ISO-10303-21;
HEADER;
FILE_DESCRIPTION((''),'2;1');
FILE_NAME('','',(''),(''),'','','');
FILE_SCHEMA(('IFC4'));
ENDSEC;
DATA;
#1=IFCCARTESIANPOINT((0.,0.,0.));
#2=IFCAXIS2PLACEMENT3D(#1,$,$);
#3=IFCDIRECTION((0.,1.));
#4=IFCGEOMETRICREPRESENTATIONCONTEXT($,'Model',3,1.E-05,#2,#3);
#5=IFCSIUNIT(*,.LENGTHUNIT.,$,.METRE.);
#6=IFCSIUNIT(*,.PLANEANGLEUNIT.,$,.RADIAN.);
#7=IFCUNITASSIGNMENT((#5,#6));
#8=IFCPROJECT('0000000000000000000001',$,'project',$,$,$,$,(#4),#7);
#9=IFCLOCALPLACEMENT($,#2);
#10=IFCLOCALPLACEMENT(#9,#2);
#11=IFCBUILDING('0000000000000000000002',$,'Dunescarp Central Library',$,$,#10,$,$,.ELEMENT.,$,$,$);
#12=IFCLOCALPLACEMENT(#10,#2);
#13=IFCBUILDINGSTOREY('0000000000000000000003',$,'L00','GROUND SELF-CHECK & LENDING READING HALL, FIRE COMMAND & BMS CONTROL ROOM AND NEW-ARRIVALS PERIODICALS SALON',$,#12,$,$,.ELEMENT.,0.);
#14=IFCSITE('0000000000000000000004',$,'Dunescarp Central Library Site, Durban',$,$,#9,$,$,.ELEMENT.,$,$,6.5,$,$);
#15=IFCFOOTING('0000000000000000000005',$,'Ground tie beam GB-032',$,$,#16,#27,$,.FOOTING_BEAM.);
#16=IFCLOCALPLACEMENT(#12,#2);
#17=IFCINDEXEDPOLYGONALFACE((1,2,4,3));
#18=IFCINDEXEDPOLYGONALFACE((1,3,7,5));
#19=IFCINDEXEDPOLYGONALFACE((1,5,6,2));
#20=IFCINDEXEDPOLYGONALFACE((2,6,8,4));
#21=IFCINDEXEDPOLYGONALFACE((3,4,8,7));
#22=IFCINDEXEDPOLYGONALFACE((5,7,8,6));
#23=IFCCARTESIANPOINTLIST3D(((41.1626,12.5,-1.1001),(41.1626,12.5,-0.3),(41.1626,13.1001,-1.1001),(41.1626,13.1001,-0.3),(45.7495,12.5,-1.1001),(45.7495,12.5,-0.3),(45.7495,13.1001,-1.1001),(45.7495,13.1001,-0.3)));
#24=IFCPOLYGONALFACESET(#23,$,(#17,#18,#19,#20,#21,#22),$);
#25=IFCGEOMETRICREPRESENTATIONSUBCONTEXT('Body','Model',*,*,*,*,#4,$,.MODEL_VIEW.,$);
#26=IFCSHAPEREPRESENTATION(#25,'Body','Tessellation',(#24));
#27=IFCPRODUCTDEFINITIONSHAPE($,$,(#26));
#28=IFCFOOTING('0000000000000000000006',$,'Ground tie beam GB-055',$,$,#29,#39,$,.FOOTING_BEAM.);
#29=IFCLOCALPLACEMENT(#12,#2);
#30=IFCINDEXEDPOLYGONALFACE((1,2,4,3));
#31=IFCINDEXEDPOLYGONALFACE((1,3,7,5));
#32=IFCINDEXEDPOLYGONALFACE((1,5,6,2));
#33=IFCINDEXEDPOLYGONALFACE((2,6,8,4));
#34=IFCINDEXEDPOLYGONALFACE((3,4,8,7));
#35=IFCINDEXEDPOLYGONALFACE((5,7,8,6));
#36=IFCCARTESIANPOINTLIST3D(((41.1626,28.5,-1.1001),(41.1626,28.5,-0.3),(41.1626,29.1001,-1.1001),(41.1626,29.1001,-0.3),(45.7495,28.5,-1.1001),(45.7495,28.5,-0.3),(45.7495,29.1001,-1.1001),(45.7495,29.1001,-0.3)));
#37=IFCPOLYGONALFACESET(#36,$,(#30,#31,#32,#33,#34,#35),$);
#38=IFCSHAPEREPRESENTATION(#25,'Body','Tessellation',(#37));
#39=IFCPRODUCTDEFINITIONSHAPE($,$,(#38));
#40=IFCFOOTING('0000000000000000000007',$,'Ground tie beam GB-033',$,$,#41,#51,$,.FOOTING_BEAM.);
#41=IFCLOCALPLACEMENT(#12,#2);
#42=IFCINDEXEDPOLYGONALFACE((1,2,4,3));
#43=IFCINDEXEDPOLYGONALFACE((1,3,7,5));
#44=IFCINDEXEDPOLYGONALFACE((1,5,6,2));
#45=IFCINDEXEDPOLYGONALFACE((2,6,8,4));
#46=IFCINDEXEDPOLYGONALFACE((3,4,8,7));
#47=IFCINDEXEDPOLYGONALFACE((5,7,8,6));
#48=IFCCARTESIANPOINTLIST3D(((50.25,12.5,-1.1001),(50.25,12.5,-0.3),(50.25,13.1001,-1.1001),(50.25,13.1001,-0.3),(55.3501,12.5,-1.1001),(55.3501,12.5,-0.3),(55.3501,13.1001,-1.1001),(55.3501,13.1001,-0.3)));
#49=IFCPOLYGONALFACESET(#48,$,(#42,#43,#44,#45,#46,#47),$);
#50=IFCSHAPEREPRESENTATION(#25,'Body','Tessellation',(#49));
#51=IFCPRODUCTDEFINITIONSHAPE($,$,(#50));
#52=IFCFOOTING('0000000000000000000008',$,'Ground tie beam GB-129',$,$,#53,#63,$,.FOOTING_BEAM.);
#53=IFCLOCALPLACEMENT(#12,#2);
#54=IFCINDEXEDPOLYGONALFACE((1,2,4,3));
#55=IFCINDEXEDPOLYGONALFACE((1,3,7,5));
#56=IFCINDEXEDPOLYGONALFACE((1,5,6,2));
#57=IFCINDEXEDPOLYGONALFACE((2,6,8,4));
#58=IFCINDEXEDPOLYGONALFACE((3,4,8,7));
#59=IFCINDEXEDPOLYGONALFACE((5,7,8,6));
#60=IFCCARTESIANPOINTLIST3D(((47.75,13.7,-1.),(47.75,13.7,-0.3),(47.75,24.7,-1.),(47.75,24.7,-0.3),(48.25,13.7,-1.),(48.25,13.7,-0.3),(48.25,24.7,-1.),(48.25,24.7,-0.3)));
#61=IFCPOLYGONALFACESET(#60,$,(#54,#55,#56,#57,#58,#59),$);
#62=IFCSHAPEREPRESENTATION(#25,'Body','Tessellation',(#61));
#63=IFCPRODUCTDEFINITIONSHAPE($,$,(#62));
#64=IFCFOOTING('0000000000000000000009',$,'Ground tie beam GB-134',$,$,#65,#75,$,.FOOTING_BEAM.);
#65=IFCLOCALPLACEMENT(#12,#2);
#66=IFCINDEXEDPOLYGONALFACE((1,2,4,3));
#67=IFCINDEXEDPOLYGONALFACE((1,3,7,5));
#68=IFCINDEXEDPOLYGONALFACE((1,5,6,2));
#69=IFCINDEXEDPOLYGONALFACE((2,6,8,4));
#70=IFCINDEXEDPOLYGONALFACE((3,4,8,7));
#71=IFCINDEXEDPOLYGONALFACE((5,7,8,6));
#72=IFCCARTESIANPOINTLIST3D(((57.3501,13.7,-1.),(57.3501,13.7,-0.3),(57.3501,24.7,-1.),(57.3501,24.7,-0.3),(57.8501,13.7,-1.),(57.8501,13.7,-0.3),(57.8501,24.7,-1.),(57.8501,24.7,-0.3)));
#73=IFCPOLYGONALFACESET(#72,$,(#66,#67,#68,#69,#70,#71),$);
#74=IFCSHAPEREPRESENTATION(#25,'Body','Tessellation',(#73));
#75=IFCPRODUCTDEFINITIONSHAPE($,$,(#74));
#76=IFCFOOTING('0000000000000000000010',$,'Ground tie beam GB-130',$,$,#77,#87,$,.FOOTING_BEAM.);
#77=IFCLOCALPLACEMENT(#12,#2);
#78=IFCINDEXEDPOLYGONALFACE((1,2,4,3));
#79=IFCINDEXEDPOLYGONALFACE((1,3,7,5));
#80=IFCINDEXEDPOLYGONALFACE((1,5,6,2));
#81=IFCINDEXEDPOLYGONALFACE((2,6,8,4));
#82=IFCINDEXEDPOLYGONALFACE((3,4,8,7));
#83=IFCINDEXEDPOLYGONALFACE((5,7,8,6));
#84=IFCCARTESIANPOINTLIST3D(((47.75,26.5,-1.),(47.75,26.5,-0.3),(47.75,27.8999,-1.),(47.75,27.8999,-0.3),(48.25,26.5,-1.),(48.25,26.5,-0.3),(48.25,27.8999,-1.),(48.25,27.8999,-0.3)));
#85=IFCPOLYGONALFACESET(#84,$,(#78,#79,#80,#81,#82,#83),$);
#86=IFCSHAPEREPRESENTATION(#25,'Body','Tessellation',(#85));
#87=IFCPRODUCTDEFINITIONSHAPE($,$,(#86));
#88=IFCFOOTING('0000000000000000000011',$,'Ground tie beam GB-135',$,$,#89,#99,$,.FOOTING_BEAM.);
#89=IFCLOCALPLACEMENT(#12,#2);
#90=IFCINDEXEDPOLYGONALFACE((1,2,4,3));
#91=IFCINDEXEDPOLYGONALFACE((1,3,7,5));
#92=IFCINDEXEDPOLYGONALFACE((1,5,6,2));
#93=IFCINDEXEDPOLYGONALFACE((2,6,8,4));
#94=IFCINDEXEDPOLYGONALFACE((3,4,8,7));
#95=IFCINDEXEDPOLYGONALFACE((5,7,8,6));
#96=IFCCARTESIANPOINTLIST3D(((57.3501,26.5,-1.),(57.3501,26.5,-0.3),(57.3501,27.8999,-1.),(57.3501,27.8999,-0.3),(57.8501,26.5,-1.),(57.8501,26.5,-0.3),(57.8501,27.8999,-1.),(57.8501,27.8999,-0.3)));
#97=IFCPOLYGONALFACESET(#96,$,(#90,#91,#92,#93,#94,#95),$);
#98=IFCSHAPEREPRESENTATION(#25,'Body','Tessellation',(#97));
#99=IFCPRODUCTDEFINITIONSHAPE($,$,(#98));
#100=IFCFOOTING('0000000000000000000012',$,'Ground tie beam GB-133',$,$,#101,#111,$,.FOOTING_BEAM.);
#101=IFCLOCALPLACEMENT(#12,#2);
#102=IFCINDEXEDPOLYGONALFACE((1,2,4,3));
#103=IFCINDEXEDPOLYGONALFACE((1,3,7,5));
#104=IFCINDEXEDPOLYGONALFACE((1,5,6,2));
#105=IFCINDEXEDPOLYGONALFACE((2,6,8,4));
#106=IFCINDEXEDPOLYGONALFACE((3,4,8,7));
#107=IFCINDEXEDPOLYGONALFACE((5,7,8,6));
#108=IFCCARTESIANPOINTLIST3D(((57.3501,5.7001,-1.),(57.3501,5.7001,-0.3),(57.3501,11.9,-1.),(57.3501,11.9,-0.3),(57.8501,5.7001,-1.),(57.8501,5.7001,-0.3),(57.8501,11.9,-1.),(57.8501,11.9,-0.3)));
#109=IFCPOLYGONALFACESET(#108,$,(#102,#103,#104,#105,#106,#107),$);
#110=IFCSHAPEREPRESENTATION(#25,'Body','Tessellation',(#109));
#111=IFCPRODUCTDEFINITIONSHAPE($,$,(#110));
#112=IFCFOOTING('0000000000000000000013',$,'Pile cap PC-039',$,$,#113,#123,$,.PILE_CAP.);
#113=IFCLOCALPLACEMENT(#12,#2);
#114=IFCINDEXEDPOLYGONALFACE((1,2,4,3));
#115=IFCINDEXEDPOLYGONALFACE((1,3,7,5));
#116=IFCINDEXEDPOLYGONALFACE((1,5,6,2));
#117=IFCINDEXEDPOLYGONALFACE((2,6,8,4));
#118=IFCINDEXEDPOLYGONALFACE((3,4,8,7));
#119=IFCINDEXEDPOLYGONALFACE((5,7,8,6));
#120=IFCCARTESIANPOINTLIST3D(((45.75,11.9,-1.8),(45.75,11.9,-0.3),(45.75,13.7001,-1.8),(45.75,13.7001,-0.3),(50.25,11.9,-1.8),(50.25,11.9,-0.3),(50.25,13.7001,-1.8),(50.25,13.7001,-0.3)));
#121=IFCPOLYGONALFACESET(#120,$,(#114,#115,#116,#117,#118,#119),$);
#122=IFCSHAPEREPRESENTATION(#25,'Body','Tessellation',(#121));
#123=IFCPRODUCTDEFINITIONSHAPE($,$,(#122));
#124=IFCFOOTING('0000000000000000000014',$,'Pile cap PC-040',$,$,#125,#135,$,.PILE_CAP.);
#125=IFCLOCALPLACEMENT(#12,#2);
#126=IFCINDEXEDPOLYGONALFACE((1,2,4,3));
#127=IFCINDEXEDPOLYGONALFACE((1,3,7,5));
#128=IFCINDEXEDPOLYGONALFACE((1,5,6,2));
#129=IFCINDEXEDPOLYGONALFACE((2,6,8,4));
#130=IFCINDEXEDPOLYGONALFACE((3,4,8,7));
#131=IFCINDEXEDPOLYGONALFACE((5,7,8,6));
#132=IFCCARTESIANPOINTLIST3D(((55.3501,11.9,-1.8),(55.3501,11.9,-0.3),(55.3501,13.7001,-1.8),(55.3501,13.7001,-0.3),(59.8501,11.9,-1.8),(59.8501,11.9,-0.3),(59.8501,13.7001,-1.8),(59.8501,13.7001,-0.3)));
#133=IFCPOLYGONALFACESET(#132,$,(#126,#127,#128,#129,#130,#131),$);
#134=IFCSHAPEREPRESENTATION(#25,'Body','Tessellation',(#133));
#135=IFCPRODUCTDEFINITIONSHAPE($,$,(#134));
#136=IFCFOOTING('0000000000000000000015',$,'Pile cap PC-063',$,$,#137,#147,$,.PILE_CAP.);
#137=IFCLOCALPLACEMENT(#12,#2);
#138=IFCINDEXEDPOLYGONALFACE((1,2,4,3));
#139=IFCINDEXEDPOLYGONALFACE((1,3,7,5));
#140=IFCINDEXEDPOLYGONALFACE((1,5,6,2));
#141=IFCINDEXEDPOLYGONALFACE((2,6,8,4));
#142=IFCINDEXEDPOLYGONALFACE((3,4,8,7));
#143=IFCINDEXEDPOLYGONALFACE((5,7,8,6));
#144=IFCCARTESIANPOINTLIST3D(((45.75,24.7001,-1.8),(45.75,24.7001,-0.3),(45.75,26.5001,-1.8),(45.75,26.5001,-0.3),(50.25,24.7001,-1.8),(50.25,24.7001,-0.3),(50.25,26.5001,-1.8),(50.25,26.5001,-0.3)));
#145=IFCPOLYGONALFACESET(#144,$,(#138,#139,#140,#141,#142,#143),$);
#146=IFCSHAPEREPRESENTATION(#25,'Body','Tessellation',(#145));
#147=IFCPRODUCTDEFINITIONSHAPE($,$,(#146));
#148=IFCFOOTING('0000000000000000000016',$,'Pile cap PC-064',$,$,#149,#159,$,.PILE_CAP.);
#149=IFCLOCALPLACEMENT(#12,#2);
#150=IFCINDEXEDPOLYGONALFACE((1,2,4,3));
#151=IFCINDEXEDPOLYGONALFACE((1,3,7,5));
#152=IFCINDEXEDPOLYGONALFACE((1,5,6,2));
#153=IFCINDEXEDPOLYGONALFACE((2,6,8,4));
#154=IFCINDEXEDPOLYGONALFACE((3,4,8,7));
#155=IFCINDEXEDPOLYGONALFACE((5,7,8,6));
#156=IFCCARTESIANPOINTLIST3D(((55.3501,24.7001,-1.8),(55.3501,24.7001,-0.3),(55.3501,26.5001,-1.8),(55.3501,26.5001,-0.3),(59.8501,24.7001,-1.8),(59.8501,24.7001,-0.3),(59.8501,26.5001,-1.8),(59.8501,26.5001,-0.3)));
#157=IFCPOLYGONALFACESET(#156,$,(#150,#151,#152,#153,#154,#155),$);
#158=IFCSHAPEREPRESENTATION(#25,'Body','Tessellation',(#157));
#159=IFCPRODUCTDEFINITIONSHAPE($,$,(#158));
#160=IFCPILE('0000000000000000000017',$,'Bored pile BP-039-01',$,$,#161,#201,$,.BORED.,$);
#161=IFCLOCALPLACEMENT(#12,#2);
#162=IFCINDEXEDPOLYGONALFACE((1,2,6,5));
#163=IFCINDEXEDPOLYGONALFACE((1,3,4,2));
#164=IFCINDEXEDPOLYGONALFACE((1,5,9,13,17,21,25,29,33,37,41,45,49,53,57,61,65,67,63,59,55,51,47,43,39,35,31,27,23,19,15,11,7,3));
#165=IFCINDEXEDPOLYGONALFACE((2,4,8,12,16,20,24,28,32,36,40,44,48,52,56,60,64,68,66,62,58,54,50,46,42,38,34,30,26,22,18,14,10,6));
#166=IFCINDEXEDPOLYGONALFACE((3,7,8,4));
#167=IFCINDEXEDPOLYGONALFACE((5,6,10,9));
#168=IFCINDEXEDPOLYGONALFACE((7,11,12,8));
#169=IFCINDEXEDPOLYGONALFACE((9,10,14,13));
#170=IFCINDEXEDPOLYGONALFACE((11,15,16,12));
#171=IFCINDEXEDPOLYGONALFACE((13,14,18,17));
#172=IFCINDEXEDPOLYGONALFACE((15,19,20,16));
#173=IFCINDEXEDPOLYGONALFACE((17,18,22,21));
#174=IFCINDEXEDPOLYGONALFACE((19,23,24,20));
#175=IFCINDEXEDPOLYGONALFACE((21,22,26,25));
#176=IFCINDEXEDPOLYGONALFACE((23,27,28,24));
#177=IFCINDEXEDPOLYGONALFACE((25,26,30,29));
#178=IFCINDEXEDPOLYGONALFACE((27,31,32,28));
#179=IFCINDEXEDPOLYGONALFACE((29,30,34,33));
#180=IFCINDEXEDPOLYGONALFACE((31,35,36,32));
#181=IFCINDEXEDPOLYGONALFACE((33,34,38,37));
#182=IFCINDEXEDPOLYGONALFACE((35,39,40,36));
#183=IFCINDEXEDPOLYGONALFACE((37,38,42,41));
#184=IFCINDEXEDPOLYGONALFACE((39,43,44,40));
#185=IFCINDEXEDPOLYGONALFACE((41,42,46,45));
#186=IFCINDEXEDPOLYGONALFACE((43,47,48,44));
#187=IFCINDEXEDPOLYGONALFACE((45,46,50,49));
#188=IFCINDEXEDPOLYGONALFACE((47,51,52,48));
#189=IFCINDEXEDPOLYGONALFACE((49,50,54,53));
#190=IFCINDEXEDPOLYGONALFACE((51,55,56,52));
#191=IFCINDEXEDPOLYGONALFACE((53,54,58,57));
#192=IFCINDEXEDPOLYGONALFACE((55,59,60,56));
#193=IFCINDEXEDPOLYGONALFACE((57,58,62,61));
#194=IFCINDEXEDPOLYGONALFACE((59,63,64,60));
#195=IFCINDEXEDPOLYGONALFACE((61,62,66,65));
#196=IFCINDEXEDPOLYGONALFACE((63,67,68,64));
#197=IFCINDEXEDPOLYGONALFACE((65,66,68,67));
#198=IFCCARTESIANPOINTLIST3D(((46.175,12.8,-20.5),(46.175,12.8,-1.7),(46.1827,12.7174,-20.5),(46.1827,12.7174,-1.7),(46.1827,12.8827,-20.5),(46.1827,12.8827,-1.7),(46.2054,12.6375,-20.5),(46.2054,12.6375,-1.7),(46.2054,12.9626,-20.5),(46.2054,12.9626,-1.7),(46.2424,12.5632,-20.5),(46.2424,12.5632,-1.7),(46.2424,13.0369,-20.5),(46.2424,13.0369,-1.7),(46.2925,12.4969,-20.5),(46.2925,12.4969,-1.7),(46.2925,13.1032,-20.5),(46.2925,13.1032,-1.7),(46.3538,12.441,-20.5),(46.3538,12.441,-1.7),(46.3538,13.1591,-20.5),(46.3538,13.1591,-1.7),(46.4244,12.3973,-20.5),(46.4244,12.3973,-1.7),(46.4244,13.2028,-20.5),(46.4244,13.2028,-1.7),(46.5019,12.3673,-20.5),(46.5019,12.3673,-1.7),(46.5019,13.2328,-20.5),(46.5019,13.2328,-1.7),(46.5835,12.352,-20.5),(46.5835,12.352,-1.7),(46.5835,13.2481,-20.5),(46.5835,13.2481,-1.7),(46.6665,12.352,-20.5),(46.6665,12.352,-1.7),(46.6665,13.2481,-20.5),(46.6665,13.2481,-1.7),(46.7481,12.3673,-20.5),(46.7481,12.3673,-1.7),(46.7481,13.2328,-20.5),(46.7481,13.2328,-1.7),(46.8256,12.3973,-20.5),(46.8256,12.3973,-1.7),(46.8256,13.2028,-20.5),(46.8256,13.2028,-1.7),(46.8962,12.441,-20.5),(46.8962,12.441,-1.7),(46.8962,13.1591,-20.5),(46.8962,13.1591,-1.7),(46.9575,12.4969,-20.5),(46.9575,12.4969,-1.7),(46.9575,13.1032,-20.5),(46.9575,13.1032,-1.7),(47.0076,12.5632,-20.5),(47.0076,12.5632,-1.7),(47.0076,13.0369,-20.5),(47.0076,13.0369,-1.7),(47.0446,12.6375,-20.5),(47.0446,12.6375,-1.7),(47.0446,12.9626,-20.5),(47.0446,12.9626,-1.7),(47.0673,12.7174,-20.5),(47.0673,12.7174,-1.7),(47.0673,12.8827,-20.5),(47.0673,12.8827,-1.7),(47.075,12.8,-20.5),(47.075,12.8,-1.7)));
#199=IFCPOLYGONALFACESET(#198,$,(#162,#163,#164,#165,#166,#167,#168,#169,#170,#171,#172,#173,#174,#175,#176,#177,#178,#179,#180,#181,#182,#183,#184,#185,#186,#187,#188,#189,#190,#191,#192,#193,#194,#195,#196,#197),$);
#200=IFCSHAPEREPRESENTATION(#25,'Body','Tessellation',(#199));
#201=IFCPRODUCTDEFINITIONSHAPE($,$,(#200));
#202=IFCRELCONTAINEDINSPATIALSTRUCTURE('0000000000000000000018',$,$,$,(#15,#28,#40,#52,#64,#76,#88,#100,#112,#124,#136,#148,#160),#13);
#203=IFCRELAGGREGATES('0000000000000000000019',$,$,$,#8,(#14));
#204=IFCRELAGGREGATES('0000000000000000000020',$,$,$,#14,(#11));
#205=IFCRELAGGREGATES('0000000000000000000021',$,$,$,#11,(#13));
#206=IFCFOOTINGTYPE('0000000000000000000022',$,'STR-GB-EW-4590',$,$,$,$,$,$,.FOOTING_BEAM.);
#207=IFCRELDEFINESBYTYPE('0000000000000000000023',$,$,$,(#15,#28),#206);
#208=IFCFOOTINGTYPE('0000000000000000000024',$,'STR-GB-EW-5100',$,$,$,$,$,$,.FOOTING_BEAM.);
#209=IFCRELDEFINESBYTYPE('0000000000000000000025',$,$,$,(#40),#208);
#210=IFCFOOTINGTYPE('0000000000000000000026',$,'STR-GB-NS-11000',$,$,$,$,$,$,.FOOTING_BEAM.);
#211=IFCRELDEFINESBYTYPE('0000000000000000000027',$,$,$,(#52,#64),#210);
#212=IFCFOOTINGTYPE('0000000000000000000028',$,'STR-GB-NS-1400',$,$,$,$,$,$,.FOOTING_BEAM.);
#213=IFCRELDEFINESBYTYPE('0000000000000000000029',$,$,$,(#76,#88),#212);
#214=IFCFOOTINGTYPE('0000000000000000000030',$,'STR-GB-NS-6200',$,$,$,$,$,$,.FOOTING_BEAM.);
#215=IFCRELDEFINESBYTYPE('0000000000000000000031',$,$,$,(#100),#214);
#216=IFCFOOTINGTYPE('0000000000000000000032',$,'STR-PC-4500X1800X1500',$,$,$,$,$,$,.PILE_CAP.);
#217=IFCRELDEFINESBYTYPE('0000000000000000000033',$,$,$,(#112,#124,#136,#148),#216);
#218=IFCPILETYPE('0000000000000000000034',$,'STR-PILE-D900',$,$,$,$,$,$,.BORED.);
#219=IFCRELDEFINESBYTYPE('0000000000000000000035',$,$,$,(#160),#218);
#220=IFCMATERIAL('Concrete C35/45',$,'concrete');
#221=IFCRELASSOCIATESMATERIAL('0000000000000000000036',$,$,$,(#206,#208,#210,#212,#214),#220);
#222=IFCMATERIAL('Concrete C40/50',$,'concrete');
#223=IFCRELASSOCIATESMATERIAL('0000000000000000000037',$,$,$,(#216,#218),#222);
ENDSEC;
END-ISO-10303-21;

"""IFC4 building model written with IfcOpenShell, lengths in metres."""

from ifc_helpers import new_model, si_unit, direction, frame, origin, origin_2d, place, context, subcontext, project, spatial, rectangle, circle, extrude, material, material_profile, profile_set, type_object, element, save


model = new_model("IFC4")

# Units and contexts
model_context = context("Model", 3, precision=1e-05, world=origin(), true_north=direction((0.0, 1.0)))
body_context = subcontext(model_context, "Body", "Model", "MODEL_VIEW")
ifc_project = project(units=[si_unit("LENGTHUNIT", "METRE"), si_unit("PLANEANGLEUNIT", "RADIAN")], contexts=[model_context])

# Site, building, storey
site_placement = place(None, origin())
site = spatial("IfcSite", under=ifc_project, at=site_placement, Name="Dunescarp Central Library Site, Durban", CompositionType="ELEMENT", RefElevation=6.5)
building_placement = place(site_placement, origin())
building = spatial("IfcBuilding", under=site, at=building_placement, Name="Dunescarp Central Library", CompositionType="ELEMENT")
storey_placement = place(building_placement, origin())
storey = spatial("IfcBuildingStorey", under=building, at=storey_placement, Name="L00", Description="GROUND SELF-CHECK & LENDING READING HALL, FIRE COMMAND & BMS CONTROL ROOM AND NEW-ARRIVALS PERIODICALS SALON", CompositionType="ELEMENT", Elevation=0.0)

# Footings
ifc_material_1 = material(Name="Concrete C35/45", Category="concrete")
footing_type_1 = type_object("IfcFootingType", Name="STR-GB-EW-4590", PredefinedType="FOOTING_BEAM", material=ifc_material_1)
for number, where, z_axis, x_axis, name in (
    (1, (43.4561, 12.8, -1.1001), (0.0, 0.0, 1.0), (1.0, 0.0, 0.0), "Ground tie beam GB-032"),
    (2, (43.4561, 28.8, -1.1001), (0.0, 0.0, 1.0), (1.0, 0.0, 0.0), "Ground tie beam GB-055"),
):
    element("IfcFooting", number, at=place(storey_placement, frame(where, z_axis=z_axis, x_axis=x_axis)), inside=storey, type_object=footing_type_1, Name=name, PredefinedType="FOOTING_BEAM", context=body_context, shape_type="SweptSolid", body=[
        extrude(rectangle(XDim=4.5869, YDim=0.6001, at=origin_2d()), origin(), (0.0, 0.0, 1.0), 0.8),
    ])
footing_type_2 = type_object("IfcFootingType", Name="STR-GB-EW-5100", PredefinedType="FOOTING_BEAM", material=ifc_material_1)
footing_1_placement = place(storey_placement, frame((52.8, 12.8, -1.1001), z_axis=(0.0, 0.0, 1.0), x_axis=(1.0, 0.0, 0.0)))
element("IfcFooting", 3, at=footing_1_placement, inside=storey, type_object=footing_type_2, Name="Ground tie beam GB-033", PredefinedType="FOOTING_BEAM", context=body_context, shape_type="SweptSolid", body=[
    extrude(rectangle(XDim=5.1001, YDim=0.6001, at=origin_2d()), origin(), (0.0, 0.0, 1.0), 0.8),
])
footing_type_3 = type_object("IfcFootingType", Name="STR-GB-NS-11000", PredefinedType="FOOTING_BEAM", material=ifc_material_1)
for number, where, z_axis, x_axis, name in (
    (4, (48.0, 19.2, -1.0), (0.0, 0.0, 1.0), (0.0, 1.0, 0.0), "Ground tie beam GB-129"),
    (5, (57.6001, 19.2, -1.0), (0.0, 0.0, 1.0), (0.0, 1.0, 0.0), "Ground tie beam GB-134"),
):
    element("IfcFooting", number, at=place(storey_placement, frame(where, z_axis=z_axis, x_axis=x_axis)), inside=storey, type_object=footing_type_3, Name=name, PredefinedType="FOOTING_BEAM", context=body_context, shape_type="SweptSolid", body=[
        extrude(rectangle(XDim=11.0, YDim=0.5, at=origin_2d()), origin(), (0.0, 0.0, 1.0), 0.7),
    ])
footing_type_4 = type_object("IfcFootingType", Name="STR-GB-NS-1400", PredefinedType="FOOTING_BEAM", material=ifc_material_1)
for number, where, z_axis, x_axis, name in (
    (6, (48.0, 27.2, -1.0), (0.0, 0.0, 1.0), (0.0, 1.0, 0.0), "Ground tie beam GB-130"),
    (7, (57.6001, 27.2, -1.0), (0.0, 0.0, 1.0), (0.0, 1.0, 0.0), "Ground tie beam GB-135"),
):
    element("IfcFooting", number, at=place(storey_placement, frame(where, z_axis=z_axis, x_axis=x_axis)), inside=storey, type_object=footing_type_4, Name=name, PredefinedType="FOOTING_BEAM", context=body_context, shape_type="SweptSolid", body=[
        extrude(rectangle(XDim=1.3999, YDim=0.5, at=origin_2d()), origin(), (0.0, 0.0, 1.0), 0.7),
    ])
footing_type_5 = type_object("IfcFootingType", Name="STR-GB-NS-6200", PredefinedType="FOOTING_BEAM", material=ifc_material_1)
footing_2_placement = place(storey_placement, frame((57.6001, 8.8, -1.0), z_axis=(0.0, 0.0, 1.0), x_axis=(0.0, 1.0, 0.0)))
element("IfcFooting", 8, at=footing_2_placement, inside=storey, type_object=footing_type_5, Name="Ground tie beam GB-133", PredefinedType="FOOTING_BEAM", context=body_context, shape_type="SweptSolid", body=[
    extrude(rectangle(XDim=6.2, YDim=0.5, at=origin_2d()), origin(), (0.0, 0.0, 1.0), 0.7),
])
ifc_material_2 = material(Name="Concrete C40/50", Category="concrete")
footing_type_6 = type_object("IfcFootingType", Name="STR-PC-4500X1800X1500", PredefinedType="PILE_CAP", material=ifc_material_2)
for number, where, z_axis, x_axis, name in (
    (9, (48.0, 12.8, -1.8), (0.0, 0.0, 1.0), (1.0, 0.0, 0.0), "Pile cap PC-039"),
    (10, (57.6001, 12.8, -1.8), (0.0, 0.0, 1.0), (1.0, 0.0, 0.0), "Pile cap PC-040"),
    (11, (48.0, 25.6001, -1.8), (0.0, 0.0, 1.0), (1.0, 0.0, 0.0), "Pile cap PC-063"),
    (12, (57.6001, 25.6001, -1.8), (0.0, 0.0, 1.0), (1.0, 0.0, 0.0), "Pile cap PC-064"),
):
    element("IfcFooting", number, at=place(storey_placement, frame(where, z_axis=z_axis, x_axis=x_axis)), inside=storey, type_object=footing_type_6, Name=name, PredefinedType="PILE_CAP", context=body_context, shape_type="SweptSolid", body=[
        extrude(rectangle(XDim=4.5, YDim=1.8, at=origin_2d()), origin(), (0.0, 0.0, 1.0), 1.5),
    ])

# Pile
ifc_material_profile_1 = material_profile(ifc_material_2, circle(Radius=0.45, at=origin_2d()), Name="PILE D900")
ifc_profile_set_1 = profile_set([ifc_material_profile_1], Name="Concrete C40/50")
pile_type = type_object("IfcPileType", Name="STR-PILE-D900", PredefinedType="BORED", material=ifc_profile_set_1)
for number, where, z_axis, x_axis, name in (
    (13, (46.625, 12.8, -1.7), (0.0, 0.0, -1.0), (1.0, 0.0, 0.0), "Bored pile BP-039-01"),
):
    element("IfcPile", number, at=place(storey_placement, frame(where, z_axis=z_axis, x_axis=x_axis)), inside=storey, type_object=pile_type, Name=name, PredefinedType="BORED", context=body_context, shape_type="SweptSolid", body=[
        extrude(circle(Radius=0.45, at=origin_2d()), origin(), (0.0, 0.0, 1.0), 18.8),
    ])

save(model, "model.ifc")
